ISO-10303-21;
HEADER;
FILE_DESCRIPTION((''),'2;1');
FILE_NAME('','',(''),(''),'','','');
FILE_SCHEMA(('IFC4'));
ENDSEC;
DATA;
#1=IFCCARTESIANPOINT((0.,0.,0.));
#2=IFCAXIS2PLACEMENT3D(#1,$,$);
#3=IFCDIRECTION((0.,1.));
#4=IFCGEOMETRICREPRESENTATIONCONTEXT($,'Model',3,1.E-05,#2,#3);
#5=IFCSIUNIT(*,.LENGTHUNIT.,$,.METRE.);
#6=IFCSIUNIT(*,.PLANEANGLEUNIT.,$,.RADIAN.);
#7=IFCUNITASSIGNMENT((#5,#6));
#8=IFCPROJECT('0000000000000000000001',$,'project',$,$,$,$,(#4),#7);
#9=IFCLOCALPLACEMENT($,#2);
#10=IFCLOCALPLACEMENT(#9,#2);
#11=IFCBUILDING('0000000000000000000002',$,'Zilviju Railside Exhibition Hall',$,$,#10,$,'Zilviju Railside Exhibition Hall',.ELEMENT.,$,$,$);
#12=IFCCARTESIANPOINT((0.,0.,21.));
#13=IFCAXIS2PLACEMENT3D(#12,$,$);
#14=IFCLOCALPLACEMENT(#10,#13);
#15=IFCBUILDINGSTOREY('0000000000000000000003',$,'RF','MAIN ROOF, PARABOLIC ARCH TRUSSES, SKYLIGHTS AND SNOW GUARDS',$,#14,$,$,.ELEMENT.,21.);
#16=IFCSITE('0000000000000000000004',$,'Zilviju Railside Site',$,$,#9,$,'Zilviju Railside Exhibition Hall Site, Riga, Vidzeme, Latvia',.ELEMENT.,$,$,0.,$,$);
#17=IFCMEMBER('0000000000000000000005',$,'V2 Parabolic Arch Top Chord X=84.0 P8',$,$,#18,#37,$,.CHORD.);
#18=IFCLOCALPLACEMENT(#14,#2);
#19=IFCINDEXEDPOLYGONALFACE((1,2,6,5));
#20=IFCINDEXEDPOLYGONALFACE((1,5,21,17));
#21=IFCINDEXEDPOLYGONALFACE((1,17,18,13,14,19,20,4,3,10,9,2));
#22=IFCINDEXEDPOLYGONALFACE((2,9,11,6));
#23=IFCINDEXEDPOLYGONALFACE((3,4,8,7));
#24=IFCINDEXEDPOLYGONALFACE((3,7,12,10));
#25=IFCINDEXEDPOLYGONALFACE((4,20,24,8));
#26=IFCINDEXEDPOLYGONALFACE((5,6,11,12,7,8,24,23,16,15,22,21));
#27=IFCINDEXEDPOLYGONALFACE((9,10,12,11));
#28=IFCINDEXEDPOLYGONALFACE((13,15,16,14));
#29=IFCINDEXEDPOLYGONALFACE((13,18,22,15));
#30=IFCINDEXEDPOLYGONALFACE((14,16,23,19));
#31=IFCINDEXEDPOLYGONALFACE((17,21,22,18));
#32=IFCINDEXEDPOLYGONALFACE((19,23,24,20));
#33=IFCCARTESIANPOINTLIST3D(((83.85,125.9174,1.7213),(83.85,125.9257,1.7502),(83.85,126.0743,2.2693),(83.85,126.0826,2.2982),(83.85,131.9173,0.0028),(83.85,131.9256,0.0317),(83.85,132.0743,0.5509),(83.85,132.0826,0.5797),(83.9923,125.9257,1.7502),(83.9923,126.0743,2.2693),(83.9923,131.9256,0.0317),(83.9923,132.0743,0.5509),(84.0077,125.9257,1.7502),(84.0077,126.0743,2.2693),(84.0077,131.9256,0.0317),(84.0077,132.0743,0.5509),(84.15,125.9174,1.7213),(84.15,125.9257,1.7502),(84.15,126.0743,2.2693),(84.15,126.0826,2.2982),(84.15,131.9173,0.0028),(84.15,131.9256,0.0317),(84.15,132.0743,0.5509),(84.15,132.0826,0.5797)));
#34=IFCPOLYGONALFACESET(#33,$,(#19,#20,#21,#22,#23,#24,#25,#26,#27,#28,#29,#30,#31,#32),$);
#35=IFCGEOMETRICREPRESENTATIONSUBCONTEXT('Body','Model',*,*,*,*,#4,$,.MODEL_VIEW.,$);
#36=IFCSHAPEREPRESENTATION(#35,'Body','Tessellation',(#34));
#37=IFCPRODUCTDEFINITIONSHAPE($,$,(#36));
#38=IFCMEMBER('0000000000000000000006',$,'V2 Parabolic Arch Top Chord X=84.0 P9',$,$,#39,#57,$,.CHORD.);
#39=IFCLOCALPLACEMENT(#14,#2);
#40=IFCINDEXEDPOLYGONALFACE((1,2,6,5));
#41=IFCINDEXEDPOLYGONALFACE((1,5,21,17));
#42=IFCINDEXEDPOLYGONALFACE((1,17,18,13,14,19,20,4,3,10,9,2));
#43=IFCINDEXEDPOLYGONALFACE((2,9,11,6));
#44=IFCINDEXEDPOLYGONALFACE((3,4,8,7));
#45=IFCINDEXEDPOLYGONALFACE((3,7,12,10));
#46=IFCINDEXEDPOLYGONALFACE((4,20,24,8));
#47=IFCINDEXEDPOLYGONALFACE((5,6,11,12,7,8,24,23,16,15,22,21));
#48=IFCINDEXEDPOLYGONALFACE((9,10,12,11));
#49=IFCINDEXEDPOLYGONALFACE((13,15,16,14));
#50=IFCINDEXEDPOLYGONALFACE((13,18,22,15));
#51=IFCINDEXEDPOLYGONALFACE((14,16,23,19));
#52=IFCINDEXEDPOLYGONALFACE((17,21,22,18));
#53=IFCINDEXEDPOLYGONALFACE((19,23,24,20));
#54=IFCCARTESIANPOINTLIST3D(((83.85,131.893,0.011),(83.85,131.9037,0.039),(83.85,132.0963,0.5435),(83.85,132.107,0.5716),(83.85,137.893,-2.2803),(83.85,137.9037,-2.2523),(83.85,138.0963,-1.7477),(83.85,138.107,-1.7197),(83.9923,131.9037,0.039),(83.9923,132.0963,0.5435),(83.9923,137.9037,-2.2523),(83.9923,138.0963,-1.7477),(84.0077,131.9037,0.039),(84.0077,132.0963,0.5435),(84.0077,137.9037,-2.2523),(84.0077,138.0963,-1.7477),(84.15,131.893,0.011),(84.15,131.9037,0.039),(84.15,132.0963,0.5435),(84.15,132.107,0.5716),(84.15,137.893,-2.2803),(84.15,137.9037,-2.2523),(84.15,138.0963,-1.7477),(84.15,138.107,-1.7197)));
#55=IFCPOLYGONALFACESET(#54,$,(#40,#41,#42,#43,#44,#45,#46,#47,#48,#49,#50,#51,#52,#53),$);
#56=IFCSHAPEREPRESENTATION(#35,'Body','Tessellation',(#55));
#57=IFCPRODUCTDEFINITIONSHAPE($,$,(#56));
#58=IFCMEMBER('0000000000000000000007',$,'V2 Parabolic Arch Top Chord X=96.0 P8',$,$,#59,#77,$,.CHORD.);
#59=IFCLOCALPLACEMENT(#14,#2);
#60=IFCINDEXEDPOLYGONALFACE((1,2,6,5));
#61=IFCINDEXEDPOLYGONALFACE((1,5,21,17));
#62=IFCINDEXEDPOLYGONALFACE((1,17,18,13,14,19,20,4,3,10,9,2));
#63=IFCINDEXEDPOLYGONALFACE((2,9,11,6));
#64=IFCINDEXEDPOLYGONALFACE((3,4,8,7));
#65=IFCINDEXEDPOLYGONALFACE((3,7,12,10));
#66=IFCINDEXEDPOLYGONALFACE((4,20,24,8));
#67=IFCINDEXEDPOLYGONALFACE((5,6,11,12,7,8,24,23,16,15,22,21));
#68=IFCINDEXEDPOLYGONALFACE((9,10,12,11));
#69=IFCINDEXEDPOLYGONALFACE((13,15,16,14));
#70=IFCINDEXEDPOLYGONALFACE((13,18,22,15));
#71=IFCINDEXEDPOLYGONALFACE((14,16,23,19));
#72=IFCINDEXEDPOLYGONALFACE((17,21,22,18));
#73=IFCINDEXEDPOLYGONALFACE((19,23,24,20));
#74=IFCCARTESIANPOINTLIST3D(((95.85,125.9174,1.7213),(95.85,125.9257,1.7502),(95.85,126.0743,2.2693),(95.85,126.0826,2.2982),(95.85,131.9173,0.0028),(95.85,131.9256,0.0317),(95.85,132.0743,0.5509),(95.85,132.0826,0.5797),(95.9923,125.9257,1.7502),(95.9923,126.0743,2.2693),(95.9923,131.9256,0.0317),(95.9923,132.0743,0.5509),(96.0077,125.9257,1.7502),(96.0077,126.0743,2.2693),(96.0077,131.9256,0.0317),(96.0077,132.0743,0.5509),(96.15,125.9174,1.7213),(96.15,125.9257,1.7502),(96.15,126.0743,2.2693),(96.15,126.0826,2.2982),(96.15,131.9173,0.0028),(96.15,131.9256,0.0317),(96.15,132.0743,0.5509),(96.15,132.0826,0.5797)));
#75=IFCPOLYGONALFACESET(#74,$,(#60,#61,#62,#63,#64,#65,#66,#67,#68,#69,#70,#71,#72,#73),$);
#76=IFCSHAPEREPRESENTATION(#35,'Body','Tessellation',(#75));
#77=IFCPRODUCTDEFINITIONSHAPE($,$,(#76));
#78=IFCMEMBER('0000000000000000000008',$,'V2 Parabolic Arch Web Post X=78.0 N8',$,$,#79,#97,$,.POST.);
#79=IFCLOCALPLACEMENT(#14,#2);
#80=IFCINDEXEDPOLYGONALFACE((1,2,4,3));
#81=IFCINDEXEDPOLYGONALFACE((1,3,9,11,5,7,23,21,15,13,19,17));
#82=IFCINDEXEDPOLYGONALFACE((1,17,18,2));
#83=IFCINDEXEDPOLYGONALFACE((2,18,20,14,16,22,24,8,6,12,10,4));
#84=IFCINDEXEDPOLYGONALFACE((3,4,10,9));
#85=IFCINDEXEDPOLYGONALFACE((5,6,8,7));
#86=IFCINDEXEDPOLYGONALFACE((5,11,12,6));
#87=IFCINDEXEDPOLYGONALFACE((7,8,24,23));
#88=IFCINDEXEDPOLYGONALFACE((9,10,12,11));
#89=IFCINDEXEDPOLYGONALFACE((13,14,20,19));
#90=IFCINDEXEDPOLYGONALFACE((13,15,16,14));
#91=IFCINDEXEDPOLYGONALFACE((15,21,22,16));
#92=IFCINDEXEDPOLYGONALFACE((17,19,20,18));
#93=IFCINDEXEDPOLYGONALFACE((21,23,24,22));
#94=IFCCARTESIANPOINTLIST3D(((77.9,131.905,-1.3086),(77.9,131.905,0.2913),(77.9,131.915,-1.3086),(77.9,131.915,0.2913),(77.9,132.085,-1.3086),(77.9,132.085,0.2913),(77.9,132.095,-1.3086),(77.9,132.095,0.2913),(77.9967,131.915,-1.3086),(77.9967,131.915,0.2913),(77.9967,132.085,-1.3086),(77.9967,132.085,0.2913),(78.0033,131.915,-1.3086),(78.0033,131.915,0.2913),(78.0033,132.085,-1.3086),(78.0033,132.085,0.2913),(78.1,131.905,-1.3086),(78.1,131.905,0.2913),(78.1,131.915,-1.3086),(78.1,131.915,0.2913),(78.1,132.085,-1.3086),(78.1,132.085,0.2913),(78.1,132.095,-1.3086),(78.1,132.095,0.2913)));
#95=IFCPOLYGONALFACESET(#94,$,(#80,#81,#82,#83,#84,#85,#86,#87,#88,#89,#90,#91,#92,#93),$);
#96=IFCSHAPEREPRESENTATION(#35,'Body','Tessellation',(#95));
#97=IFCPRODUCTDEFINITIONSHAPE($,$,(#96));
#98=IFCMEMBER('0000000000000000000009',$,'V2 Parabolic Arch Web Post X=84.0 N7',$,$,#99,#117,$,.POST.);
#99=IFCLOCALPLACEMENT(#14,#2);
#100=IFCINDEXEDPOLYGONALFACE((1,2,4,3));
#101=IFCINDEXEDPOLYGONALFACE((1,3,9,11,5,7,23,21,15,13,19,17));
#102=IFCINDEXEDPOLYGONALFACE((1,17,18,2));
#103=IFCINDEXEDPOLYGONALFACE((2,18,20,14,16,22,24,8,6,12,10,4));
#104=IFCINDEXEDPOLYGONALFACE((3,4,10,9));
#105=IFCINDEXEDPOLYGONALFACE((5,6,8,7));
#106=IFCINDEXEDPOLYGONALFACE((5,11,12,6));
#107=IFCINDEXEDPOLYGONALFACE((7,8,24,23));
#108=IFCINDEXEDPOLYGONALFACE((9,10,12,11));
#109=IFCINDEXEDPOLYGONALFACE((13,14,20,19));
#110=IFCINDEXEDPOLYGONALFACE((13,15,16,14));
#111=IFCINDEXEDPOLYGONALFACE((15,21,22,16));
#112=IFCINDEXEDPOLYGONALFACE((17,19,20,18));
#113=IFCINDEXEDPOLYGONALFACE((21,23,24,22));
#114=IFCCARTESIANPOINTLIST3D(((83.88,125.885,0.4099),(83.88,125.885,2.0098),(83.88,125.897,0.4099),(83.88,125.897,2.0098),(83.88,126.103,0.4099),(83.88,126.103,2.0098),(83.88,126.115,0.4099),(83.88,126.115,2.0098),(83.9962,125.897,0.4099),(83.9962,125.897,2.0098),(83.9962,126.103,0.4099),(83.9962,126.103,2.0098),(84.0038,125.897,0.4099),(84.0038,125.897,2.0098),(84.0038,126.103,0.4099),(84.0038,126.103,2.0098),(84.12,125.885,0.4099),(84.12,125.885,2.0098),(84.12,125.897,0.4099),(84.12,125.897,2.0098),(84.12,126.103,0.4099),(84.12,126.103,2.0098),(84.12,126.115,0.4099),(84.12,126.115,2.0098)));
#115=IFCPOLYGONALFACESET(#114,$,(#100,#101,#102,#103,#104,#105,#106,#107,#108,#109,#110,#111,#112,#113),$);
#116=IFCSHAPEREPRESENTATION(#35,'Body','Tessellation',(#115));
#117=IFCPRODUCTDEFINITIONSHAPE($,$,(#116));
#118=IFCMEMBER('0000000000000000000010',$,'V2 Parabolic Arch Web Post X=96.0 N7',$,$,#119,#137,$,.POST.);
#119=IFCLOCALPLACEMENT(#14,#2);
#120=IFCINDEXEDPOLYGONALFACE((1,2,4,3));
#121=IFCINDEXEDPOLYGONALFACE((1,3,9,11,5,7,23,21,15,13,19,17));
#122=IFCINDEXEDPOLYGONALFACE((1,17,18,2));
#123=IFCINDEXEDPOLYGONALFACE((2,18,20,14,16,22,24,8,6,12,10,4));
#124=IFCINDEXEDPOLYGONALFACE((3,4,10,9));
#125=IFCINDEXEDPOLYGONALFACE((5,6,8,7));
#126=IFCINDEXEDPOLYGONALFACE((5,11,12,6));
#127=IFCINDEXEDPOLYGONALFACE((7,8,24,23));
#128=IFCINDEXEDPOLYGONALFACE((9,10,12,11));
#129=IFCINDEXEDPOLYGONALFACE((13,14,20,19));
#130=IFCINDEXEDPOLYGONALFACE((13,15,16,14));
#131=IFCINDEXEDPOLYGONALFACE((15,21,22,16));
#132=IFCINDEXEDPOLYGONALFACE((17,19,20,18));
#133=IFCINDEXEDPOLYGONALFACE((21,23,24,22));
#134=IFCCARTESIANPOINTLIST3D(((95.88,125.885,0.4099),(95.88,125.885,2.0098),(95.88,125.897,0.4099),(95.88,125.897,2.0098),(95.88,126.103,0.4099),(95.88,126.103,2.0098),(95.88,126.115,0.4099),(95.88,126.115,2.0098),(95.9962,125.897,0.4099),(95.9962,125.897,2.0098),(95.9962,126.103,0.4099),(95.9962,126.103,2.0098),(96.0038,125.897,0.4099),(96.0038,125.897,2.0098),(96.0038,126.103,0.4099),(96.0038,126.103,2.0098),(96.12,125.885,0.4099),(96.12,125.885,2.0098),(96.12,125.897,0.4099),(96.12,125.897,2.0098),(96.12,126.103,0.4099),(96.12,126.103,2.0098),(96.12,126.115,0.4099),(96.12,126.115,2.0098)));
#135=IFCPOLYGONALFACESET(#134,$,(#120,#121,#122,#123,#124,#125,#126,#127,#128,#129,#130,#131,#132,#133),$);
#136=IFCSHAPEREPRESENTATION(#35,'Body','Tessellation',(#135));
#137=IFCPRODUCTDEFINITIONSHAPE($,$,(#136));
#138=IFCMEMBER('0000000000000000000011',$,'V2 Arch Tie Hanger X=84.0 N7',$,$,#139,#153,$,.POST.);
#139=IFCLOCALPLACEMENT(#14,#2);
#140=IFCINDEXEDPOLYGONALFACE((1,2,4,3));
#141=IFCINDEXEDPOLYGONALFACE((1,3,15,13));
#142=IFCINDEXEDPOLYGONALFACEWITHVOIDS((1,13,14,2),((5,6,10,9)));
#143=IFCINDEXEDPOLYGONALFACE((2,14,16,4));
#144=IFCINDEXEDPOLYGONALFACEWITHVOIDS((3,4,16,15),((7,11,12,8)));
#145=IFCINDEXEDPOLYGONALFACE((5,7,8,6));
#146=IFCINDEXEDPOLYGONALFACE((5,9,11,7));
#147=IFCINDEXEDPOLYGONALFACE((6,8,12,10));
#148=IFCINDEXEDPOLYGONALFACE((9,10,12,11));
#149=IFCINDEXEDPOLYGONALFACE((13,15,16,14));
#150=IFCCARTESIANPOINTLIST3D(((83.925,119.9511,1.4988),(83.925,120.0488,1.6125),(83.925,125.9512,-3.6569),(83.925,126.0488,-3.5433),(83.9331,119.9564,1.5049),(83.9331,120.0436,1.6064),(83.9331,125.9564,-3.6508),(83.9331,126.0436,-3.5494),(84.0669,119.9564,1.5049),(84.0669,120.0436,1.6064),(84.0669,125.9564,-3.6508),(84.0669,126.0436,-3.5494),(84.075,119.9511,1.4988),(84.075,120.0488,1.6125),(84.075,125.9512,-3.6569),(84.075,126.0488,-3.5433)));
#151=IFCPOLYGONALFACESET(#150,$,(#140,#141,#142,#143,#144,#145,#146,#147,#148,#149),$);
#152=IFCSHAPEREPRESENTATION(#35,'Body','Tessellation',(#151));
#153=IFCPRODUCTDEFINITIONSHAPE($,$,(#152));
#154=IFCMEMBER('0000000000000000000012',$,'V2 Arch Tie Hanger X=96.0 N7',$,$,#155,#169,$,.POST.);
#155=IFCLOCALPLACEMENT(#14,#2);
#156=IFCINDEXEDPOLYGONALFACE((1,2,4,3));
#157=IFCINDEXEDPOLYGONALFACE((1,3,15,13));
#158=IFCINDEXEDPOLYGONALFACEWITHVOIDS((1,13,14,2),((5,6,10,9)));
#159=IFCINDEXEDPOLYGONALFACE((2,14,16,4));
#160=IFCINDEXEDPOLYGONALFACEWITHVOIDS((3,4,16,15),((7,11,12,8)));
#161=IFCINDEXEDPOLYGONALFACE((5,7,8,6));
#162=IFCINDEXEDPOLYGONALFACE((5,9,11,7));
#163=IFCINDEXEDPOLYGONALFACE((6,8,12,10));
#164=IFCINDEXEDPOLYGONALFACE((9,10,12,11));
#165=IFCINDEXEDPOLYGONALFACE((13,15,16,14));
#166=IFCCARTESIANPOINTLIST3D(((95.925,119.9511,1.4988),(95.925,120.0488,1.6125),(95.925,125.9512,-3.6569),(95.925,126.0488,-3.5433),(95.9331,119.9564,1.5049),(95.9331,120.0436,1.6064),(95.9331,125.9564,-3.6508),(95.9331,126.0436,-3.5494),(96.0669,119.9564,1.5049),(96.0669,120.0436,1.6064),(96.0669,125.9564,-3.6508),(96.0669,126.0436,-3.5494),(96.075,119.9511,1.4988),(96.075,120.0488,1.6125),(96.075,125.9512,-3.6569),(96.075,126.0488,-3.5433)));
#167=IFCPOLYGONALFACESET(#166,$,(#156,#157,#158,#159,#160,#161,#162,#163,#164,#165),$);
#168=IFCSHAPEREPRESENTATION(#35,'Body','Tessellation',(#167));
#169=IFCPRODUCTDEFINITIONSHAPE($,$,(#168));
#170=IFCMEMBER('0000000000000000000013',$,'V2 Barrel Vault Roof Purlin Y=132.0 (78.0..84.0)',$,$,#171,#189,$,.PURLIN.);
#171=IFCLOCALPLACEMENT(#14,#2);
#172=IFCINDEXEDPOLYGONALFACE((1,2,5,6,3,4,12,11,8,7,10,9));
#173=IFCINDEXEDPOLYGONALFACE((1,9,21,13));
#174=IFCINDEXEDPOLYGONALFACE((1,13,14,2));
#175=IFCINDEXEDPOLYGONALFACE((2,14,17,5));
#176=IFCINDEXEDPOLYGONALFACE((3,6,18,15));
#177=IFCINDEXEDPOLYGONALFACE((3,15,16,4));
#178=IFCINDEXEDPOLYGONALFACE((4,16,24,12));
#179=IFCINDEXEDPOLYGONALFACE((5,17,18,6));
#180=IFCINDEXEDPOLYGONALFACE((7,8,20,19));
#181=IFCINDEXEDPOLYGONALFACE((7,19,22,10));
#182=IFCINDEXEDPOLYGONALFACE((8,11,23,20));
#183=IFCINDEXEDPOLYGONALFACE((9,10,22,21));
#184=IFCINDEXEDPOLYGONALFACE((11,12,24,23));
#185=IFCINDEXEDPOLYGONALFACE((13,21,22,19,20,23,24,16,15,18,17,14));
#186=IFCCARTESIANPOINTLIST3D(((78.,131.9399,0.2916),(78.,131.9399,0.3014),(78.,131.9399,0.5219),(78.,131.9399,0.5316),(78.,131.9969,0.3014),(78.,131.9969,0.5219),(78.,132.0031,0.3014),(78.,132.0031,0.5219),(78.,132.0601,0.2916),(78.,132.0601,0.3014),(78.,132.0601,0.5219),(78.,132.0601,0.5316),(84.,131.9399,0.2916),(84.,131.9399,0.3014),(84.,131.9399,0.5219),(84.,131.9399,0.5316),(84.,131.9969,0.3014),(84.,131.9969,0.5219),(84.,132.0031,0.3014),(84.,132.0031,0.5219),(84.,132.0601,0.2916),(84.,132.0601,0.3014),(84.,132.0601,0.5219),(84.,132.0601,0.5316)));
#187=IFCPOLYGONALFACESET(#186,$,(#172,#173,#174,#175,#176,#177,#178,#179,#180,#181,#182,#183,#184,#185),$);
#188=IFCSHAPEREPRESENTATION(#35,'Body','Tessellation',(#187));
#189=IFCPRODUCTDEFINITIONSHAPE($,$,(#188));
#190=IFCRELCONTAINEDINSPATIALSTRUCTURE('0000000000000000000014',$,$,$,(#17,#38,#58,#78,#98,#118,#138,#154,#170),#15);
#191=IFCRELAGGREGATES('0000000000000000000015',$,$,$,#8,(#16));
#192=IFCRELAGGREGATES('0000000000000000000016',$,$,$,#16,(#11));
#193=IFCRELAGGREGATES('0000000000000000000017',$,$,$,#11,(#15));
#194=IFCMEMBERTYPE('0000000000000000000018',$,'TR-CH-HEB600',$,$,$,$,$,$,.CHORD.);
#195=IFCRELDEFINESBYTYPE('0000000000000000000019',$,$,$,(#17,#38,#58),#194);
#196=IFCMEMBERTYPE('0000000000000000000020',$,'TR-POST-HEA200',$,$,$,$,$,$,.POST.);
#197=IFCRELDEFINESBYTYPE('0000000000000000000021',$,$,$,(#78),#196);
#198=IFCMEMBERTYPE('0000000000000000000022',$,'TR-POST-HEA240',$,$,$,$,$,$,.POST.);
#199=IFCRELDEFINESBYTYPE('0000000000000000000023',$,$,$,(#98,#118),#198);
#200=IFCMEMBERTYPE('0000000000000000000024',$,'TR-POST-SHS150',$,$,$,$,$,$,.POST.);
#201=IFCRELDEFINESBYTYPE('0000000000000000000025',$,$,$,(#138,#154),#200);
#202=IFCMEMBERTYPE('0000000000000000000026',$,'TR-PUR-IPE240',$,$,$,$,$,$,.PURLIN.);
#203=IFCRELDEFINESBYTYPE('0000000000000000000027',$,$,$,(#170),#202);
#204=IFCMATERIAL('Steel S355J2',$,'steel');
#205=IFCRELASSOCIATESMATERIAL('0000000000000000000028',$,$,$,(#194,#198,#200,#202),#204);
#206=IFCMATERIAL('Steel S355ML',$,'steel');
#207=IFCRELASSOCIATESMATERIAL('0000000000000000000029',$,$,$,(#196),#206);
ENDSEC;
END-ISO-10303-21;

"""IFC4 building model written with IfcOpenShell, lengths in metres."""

from ifc_helpers import new_model, si_unit, direction, frame, origin, origin_2d, place, context, subcontext, project, spatial, hollow_rectangle, i_section, extrude, material, material_profile, profile_set, type_object, element, save


model = new_model("IFC4")

# Units and contexts
model_context = context("Model", 3, precision=1e-05, world=origin(), true_north=direction((0.0, 1.0)))
body_context = subcontext(model_context, "Body", "Model", "MODEL_VIEW")
ifc_project = project(units=[si_unit("LENGTHUNIT", "METRE"), si_unit("PLANEANGLEUNIT", "RADIAN")], contexts=[model_context])

# Site, building, storey
site_placement = place(None, origin())
site = spatial("IfcSite", under=ifc_project, at=site_placement, Name="Zilviju Railside Site", LongName="Zilviju Railside Exhibition Hall Site, Riga, Vidzeme, Latvia", CompositionType="ELEMENT", RefElevation=0.0)
building_placement = place(site_placement, origin())
building = spatial("IfcBuilding", under=site, at=building_placement, Name="Zilviju Railside Exhibition Hall", LongName="Zilviju Railside Exhibition Hall", CompositionType="ELEMENT")
storey_placement = place(building_placement, frame((0.0, 0.0, 21.0)))
storey = spatial("IfcBuildingStorey", under=building, at=storey_placement, Name="RF", Description="MAIN ROOF, PARABOLIC ARCH TRUSSES, SKYLIGHTS AND SNOW GUARDS", CompositionType="ELEMENT", Elevation=21.0)

# Members
ifc_material_1 = material(Name="Steel S355J2", Category="steel")
ifc_material_2 = material(Name="Steel S355ML", Category="steel")
ifc_material_profile_1 = material_profile(ifc_material_1, i_section(OverallWidth=0.3, OverallDepth=0.6001, WebThickness=0.0154, FlangeThickness=0.03, at=origin_2d()), Name="HEB 600")
ifc_profile_set_1 = profile_set([ifc_material_profile_1], Name="Steel S355J2")
member_type_1 = type_object("IfcMemberType", Name="TR-CH-HEB600", PredefinedType="CHORD", material=ifc_profile_set_1)
member_1_placement = place(storey_placement, frame((84.0, 126.0, 2.0098), z_axis=(0.0, 0.961345, -0.275346), x_axis=(-1.0, 0.0, 0.0)))
element("IfcMember", 1, at=member_1_placement, inside=storey, type_object=member_type_1, Name="V2 Parabolic Arch Top Chord X=84.0 P8", PredefinedType="CHORD", context=body_context, shape_type="SweptSolid", body=[
    extrude(i_section(OverallWidth=0.3, OverallDepth=0.6001, WebThickness=0.0154, FlangeThickness=0.03, at=origin_2d()), origin(), (0.0, 0.0, 1.0), 6.2412),
])
member_2_placement = place(storey_placement, frame((84.0, 132.0, 0.2913), z_axis=(0.0, 0.9342, -0.356749), x_axis=(-1.0, 0.0, 0.0)))
element("IfcMember", 2, at=member_2_placement, inside=storey, type_object=member_type_1, Name="V2 Parabolic Arch Top Chord X=84.0 P9", PredefinedType="CHORD", context=body_context, shape_type="SweptSolid", body=[
    extrude(i_section(OverallWidth=0.3, OverallDepth=0.6001, WebThickness=0.0154, FlangeThickness=0.03, at=origin_2d()), origin(), (0.0, 0.0, 1.0), 6.4226),
])
member_3_placement = place(storey_placement, frame((96.0, 126.0, 2.0098), z_axis=(0.0, 0.961345, -0.275346), x_axis=(-1.0, 0.0, 0.0)))
element("IfcMember", 3, at=member_3_placement, inside=storey, type_object=member_type_1, Name="V2 Parabolic Arch Top Chord X=96.0 P8", PredefinedType="CHORD", context=body_context, shape_type="SweptSolid", body=[
    extrude(i_section(OverallWidth=0.3, OverallDepth=0.6001, WebThickness=0.0154, FlangeThickness=0.03, at=origin_2d()), origin(), (0.0, 0.0, 1.0), 6.2412),
])
ifc_material_profile_2 = material_profile(ifc_material_2, i_section(OverallWidth=0.2, OverallDepth=0.1899, WebThickness=0.0066, FlangeThickness=0.01, at=origin_2d()), Name="HEA 200")
ifc_profile_set_2 = profile_set([ifc_material_profile_2], Name="Steel S355ML")
member_type_2 = type_object("IfcMemberType", Name="TR-POST-HEA200", PredefinedType="POST", material=ifc_profile_set_2)
member_4_placement = place(storey_placement, frame((78.0, 132.0, -1.3086), z_axis=(0.0, 0.0, 1.0), x_axis=(1.0, 0.0, 0.0)))
element("IfcMember", 4, at=member_4_placement, inside=storey, type_object=member_type_2, Name="V2 Parabolic Arch Web Post X=78.0 N8", PredefinedType="POST", context=body_context, shape_type="SweptSolid", body=[
    extrude(i_section(OverallWidth=0.2, OverallDepth=0.1899, WebThickness=0.0066, FlangeThickness=0.01, at=origin_2d()), origin(), (0.0, 0.0, 1.0), 1.5999),
])
ifc_material_profile_3 = material_profile(ifc_material_1, i_section(OverallWidth=0.24, OverallDepth=0.23, WebThickness=0.0076, FlangeThickness=0.012, at=origin_2d()), Name="HEA 240")
ifc_profile_set_3 = profile_set([ifc_material_profile_3], Name="Steel S355J2")
member_type_3 = type_object("IfcMemberType", Name="TR-POST-HEA240", PredefinedType="POST", material=ifc_profile_set_3)
for number, where, z_axis, x_axis, name in (
    (5, (84.0, 126.0, 0.4099), (0.0, 0.0, 1.0), (1.0, 0.0, 0.0), "V2 Parabolic Arch Web Post X=84.0 N7"),
    (6, (96.0, 126.0, 0.4099), (0.0, 0.0, 1.0), (1.0, 0.0, 0.0), "V2 Parabolic Arch Web Post X=96.0 N7"),
):
    element("IfcMember", number, at=place(storey_placement, frame(where, z_axis=z_axis, x_axis=x_axis)), inside=storey, type_object=member_type_3, Name=name, PredefinedType="POST", context=body_context, shape_type="SweptSolid", body=[
        extrude(i_section(OverallWidth=0.24, OverallDepth=0.23, WebThickness=0.0076, FlangeThickness=0.012, at=origin_2d()), origin(), (0.0, 0.0, 1.0), 1.5999),
    ])
ifc_material_profile_4 = material_profile(ifc_material_1, hollow_rectangle(XDim=0.1499, YDim=0.1499, WallThickness=0.0081, at=origin_2d()), Name="SHS 150x150x8.0")
ifc_profile_set_4 = profile_set([ifc_material_profile_4], Name="Steel S355J2")
member_type_4 = type_object("IfcMemberType", Name="TR-POST-SHS150", PredefinedType="POST", material=ifc_profile_set_4)
for number, where, z_axis, x_axis, name in (
    (7, (84.0, 126.0, -3.6001), (0.0, -0.75845, 0.651731), (1.0, 0.0, 0.0), "V2 Arch Tie Hanger X=84.0 N7"),
    (8, (96.0, 126.0, -3.6001), (0.0, -0.75845, 0.651731), (1.0, 0.0, 0.0), "V2 Arch Tie Hanger X=96.0 N7"),
):
    element("IfcMember", number, at=place(storey_placement, frame(where, z_axis=z_axis, x_axis=x_axis)), inside=storey, type_object=member_type_4, Name=name, PredefinedType="POST", context=body_context, shape_type="SweptSolid", body=[
        extrude(hollow_rectangle(XDim=0.1499, YDim=0.1499, WallThickness=0.0081, at=origin_2d()), origin(), (0.0, 0.0, 1.0), 7.9109),
    ])
ifc_material_profile_5 = material_profile(ifc_material_1, i_section(OverallWidth=0.1201, OverallDepth=0.24, WebThickness=0.0061, FlangeThickness=0.0098, at=origin_2d()), Name="IPE 240")
ifc_profile_set_5 = profile_set([ifc_material_profile_5], Name="Steel S355J2")
member_type_5 = type_object("IfcMemberType", Name="TR-PUR-IPE240", PredefinedType="PURLIN", material=ifc_profile_set_5)
member_5_placement = place(storey_placement, frame((78.0, 132.0, 0.4116), z_axis=(1.0, 0.0, 0.0), x_axis=(0.0, 1.0, 0.0)))
element("IfcMember", 9, at=member_5_placement, inside=storey, type_object=member_type_5, Name="V2 Barrel Vault Roof Purlin Y=132.0 (78.0..84.0)", PredefinedType="PURLIN", context=body_context, shape_type="SweptSolid", body=[
    extrude(i_section(OverallWidth=0.1201, OverallDepth=0.24, WebThickness=0.0061, FlangeThickness=0.0098, at=origin_2d()), origin(), (0.0, 0.0, 1.0), 6.0),
])

save(model, "model.ifc")
